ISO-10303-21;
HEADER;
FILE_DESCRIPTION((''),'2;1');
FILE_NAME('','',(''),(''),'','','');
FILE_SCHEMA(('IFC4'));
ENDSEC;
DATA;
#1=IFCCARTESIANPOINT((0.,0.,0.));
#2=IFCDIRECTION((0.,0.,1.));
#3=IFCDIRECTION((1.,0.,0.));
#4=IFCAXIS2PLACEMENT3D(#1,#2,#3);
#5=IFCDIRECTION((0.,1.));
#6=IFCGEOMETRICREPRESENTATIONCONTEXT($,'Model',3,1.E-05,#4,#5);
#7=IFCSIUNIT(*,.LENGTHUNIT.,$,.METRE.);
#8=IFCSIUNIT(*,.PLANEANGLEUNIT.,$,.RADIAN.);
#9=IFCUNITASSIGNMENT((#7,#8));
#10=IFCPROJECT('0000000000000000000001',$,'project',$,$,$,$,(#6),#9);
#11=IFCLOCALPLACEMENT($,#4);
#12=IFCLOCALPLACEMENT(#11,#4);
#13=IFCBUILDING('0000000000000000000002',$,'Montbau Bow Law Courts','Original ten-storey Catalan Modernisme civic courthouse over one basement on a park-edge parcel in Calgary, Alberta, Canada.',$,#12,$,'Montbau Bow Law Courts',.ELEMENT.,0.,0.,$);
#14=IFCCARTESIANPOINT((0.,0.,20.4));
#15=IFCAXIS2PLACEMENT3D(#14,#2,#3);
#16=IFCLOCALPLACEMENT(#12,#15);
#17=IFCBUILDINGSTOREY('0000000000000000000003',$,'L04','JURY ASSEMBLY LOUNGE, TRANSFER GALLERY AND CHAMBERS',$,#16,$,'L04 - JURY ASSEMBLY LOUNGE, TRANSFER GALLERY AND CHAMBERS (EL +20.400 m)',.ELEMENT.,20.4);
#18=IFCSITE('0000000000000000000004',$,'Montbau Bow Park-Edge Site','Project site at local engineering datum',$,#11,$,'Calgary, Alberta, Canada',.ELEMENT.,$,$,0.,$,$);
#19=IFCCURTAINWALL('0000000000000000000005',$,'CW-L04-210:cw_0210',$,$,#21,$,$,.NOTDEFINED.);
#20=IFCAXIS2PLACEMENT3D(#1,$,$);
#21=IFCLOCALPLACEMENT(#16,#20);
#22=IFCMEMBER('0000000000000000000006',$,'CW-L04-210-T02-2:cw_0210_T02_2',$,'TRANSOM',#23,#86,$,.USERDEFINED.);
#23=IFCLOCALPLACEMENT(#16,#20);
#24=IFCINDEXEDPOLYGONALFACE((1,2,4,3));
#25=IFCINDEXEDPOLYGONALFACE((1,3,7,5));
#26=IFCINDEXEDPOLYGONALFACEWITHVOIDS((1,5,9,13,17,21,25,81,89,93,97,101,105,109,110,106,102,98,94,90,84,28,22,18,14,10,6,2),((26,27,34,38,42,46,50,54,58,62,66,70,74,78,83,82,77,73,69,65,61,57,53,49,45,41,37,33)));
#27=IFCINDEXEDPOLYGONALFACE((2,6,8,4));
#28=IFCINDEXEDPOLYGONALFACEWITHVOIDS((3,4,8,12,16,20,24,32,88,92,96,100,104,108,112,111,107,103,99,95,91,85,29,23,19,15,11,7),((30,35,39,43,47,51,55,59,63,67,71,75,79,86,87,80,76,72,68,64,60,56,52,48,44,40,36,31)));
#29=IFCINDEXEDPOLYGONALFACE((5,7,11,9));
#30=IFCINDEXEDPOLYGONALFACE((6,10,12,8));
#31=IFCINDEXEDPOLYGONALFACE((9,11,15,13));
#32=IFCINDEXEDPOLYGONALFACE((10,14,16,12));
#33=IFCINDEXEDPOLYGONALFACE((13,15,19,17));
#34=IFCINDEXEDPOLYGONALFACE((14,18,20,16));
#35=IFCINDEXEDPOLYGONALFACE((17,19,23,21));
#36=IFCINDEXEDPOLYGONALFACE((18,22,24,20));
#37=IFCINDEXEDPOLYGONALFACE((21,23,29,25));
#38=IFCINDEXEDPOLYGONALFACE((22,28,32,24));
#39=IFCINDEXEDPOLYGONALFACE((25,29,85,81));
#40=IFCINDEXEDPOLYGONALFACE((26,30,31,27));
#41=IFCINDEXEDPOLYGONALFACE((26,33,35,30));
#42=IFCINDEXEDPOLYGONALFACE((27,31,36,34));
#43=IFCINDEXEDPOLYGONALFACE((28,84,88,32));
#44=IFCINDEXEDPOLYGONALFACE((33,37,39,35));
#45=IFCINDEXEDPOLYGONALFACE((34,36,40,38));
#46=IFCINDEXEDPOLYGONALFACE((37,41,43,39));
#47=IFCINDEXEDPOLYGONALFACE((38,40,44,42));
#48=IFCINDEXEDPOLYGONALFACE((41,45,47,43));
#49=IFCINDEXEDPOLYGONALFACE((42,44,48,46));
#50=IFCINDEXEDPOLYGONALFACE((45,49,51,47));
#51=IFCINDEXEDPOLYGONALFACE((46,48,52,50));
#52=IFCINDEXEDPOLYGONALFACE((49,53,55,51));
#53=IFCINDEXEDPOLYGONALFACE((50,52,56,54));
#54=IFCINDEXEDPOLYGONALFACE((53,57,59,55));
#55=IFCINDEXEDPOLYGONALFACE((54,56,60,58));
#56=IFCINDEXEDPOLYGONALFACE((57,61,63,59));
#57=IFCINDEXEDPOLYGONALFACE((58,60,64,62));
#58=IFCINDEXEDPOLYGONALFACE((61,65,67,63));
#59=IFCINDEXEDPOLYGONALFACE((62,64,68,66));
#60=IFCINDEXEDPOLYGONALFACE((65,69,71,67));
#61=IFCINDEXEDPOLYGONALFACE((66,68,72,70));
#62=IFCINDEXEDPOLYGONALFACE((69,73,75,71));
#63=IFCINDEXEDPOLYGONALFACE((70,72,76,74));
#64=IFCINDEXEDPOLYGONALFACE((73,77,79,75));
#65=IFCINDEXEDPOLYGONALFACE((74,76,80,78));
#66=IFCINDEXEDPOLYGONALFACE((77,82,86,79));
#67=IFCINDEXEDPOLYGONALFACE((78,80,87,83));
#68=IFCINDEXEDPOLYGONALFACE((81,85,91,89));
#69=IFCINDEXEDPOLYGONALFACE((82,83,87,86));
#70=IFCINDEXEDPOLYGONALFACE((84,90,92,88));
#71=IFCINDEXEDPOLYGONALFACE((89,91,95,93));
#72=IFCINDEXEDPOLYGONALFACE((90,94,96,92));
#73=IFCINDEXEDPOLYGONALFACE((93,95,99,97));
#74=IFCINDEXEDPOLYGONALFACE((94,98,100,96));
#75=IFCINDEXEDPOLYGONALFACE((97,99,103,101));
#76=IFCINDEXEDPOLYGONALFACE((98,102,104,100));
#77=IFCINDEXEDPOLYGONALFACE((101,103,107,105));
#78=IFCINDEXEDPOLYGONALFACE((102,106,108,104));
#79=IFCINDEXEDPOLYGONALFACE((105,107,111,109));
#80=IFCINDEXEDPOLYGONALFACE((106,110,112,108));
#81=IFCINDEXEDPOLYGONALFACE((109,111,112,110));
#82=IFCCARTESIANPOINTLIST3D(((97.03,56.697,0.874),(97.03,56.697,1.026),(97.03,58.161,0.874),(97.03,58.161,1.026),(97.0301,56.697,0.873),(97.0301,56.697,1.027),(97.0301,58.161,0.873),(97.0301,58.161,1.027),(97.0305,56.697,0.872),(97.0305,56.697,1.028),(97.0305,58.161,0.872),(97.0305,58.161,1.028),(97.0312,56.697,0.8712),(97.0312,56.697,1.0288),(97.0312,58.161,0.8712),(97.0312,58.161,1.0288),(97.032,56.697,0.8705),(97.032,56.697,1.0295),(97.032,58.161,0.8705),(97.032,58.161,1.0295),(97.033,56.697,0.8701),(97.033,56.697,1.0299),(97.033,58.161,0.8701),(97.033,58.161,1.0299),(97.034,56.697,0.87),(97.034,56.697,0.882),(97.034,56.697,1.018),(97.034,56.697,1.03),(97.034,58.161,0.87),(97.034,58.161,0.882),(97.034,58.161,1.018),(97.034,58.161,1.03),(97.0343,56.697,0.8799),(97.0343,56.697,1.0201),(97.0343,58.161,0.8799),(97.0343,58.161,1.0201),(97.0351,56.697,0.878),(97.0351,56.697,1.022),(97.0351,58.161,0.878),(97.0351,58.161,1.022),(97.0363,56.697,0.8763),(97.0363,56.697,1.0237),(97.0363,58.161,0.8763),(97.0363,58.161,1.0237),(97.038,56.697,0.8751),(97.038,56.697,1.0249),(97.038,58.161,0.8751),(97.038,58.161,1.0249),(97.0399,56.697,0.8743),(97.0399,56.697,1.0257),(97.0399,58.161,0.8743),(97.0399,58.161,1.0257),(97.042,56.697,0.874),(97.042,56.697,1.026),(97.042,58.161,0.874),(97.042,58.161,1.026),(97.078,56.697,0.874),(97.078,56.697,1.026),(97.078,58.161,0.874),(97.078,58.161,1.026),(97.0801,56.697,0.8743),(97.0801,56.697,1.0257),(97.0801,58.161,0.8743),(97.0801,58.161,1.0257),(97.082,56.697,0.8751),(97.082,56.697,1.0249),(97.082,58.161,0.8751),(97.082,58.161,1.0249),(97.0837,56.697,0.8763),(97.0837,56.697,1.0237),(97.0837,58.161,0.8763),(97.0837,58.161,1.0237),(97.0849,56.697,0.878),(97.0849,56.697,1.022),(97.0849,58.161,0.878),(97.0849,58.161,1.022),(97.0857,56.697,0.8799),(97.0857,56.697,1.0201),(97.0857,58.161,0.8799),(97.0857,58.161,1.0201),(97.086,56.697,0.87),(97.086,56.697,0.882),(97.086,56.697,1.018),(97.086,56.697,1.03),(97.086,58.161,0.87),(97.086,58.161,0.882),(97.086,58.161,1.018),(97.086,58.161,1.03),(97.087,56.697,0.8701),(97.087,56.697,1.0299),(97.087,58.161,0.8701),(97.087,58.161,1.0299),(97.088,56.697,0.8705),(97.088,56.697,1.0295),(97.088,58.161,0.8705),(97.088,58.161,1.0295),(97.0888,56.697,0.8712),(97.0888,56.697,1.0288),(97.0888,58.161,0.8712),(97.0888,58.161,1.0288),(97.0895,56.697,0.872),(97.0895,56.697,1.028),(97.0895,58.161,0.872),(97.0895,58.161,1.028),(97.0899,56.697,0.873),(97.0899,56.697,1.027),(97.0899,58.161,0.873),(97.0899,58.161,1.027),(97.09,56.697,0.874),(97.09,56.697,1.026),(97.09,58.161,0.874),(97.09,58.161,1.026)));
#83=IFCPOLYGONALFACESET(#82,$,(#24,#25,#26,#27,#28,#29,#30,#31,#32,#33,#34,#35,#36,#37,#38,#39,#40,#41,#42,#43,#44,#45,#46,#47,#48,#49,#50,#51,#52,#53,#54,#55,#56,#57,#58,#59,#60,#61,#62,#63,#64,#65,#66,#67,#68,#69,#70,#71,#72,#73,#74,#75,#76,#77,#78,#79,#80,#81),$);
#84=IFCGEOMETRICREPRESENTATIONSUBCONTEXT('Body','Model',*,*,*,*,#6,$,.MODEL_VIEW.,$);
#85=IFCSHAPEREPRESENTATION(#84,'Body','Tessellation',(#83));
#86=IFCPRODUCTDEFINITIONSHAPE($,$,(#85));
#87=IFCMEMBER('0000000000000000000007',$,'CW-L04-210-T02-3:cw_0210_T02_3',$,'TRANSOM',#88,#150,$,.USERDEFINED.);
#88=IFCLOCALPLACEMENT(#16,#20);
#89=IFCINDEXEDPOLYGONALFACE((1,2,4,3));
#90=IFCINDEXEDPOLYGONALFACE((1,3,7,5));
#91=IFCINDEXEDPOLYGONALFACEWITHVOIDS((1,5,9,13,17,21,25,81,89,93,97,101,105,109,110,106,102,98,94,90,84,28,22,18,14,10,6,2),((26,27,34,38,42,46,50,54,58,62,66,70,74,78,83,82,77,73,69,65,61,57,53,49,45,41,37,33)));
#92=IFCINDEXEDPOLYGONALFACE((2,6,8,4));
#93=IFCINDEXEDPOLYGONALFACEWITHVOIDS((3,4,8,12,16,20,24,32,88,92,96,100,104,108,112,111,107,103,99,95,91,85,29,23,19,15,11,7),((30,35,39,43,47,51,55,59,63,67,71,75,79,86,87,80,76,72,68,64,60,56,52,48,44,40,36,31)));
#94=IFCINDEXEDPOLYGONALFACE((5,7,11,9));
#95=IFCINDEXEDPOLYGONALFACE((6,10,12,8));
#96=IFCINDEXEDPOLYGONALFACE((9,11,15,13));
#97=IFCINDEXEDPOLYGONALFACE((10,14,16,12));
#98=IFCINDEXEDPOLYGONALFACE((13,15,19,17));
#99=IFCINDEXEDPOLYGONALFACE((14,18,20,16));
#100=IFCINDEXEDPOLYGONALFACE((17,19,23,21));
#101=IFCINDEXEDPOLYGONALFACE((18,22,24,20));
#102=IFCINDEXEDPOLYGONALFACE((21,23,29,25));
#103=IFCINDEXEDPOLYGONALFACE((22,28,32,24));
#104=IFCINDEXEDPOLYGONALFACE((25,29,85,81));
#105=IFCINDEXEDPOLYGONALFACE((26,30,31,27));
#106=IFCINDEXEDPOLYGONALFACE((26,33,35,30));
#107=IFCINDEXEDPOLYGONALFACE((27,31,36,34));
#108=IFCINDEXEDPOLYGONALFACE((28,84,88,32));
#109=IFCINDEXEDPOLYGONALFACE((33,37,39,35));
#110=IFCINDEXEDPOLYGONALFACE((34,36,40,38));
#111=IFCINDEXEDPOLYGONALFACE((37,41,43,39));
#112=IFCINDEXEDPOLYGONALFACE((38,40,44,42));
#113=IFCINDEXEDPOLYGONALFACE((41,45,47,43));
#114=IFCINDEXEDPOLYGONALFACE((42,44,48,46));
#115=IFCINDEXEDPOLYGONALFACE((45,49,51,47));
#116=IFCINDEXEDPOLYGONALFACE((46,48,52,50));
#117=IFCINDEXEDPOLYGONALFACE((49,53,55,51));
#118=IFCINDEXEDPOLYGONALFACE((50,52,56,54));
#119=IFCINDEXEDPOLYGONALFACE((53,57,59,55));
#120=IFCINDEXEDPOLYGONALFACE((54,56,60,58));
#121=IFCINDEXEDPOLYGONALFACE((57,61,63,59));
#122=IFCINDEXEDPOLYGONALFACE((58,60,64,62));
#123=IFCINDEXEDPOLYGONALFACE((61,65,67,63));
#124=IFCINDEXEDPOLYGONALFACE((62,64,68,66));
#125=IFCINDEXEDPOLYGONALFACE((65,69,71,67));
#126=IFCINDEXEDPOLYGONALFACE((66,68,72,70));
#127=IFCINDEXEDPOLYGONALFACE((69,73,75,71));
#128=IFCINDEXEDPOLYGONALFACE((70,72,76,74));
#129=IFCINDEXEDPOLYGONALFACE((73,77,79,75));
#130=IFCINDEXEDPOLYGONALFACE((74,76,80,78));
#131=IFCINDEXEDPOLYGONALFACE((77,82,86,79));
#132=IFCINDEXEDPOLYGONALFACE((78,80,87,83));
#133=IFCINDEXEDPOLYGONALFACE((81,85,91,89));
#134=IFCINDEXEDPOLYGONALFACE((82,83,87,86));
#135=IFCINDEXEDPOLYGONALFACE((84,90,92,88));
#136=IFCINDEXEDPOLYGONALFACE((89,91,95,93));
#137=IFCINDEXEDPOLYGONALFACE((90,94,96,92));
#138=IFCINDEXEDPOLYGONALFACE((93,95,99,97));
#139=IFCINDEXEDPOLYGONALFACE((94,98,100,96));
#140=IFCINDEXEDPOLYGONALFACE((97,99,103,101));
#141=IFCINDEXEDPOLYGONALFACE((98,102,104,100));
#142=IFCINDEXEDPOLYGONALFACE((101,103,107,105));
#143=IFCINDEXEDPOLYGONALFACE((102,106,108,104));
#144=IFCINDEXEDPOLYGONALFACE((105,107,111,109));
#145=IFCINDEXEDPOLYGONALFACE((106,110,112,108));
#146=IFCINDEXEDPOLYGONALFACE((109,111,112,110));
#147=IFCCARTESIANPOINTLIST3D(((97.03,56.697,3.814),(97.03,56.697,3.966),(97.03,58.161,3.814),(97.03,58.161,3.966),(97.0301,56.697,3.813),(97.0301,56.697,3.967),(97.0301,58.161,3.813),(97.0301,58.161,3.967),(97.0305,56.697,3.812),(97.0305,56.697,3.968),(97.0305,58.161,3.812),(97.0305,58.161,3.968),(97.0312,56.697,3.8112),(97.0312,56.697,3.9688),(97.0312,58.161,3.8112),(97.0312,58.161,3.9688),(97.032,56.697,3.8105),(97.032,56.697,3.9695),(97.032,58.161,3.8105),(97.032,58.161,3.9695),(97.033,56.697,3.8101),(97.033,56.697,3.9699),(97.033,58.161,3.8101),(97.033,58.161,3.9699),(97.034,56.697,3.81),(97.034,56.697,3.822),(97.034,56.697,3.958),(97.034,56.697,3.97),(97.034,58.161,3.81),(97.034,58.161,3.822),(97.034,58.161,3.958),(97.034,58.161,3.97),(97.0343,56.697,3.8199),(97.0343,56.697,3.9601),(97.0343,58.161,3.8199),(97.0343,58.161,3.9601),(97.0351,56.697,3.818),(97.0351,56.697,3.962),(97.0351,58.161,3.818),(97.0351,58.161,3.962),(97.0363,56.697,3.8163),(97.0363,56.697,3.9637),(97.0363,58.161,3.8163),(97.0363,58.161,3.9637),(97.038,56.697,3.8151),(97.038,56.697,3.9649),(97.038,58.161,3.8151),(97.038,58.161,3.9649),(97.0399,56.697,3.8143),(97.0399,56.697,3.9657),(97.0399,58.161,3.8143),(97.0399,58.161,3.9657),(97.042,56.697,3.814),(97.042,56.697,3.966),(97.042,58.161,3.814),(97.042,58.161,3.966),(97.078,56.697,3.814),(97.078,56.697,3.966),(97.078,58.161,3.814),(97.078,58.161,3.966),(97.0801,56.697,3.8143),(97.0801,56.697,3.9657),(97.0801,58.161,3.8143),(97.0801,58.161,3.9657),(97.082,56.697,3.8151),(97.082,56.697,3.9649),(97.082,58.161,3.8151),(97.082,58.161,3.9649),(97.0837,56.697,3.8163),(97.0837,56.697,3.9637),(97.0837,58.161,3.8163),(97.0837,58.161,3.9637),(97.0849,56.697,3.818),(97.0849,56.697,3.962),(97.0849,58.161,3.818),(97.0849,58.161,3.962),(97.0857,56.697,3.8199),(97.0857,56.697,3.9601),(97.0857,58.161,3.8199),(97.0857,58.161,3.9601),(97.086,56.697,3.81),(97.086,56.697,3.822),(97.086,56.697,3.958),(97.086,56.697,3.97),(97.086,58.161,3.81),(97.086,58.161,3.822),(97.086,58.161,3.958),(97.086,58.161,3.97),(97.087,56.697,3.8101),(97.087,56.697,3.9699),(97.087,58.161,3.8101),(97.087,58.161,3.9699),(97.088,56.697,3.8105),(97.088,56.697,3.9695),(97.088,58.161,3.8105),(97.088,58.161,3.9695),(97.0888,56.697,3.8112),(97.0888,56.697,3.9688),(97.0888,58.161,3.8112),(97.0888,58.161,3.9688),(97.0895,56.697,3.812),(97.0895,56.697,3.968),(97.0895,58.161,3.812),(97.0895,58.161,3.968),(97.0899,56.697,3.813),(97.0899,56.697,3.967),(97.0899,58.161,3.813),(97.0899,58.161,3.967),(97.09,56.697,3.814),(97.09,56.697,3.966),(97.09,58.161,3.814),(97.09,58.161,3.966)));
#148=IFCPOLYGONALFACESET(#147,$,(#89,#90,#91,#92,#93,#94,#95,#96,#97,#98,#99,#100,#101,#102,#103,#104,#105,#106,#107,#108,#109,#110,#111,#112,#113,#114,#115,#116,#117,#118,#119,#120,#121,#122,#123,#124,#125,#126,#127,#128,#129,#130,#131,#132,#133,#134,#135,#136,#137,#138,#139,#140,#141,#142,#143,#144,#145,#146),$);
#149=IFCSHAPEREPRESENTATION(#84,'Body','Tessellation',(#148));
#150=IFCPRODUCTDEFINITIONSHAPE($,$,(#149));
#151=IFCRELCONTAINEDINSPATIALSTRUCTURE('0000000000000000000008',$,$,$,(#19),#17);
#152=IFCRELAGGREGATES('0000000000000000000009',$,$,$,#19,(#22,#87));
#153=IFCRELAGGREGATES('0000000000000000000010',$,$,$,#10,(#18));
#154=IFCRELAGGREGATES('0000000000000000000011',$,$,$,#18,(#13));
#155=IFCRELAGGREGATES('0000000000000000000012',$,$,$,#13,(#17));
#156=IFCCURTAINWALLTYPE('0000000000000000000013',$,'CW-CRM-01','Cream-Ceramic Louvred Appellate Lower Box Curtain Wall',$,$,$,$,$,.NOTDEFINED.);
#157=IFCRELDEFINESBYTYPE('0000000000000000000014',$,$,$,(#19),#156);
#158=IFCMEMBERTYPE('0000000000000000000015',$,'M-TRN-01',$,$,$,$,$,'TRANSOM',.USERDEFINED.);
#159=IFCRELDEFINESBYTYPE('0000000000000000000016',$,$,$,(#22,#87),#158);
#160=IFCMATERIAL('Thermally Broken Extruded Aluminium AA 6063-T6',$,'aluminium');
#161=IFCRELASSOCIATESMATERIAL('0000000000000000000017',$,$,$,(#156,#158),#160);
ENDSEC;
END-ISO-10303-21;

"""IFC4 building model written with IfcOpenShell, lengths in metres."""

from ifc_helpers import new_model, si_unit, direction, frame, origin_with_axes, origin_2d_with_axis, place, context, subcontext, project, spatial, hollow_rectangle, extrude, material, material_profile, profile_set, type_object, element, aggregate, save


model = new_model("IFC4")

# Units and contexts
model_context = context("Model", 3, precision=1e-05, world=origin_with_axes(), true_north=direction((0.0, 1.0)))
body_context = subcontext(model_context, "Body", "Model", "MODEL_VIEW")
ifc_project = project(units=[si_unit("LENGTHUNIT", "METRE"), si_unit("PLANEANGLEUNIT", "RADIAN")], contexts=[model_context])

# Site, building, storey
site_placement = place(None, origin_with_axes())
site = spatial("IfcSite", under=ifc_project, at=site_placement, Name="Montbau Bow Park-Edge Site", Description="Project site at local engineering datum", LongName="Calgary, Alberta, Canada", CompositionType="ELEMENT", RefElevation=0.0)
building_placement = place(site_placement, origin_with_axes())
building = spatial("IfcBuilding", under=site, at=building_placement, Name="Montbau Bow Law Courts", Description="Original ten-storey Catalan Modernisme civic courthouse over one basement on a park-edge parcel in Calgary, Alberta, Canada.", LongName="Montbau Bow Law Courts", CompositionType="ELEMENT", ElevationOfRefHeight=0.0, ElevationOfTerrain=0.0)
storey_placement = place(building_placement, frame((0.0, 0.0, 20.4), z_axis=(0.0, 0.0, 1.0), x_axis=(1.0, 0.0, 0.0)))
storey = spatial("IfcBuildingStorey", under=building, at=storey_placement, Name="L04", Description="JURY ASSEMBLY LOUNGE, TRANSFER GALLERY AND CHAMBERS", LongName="L04 - JURY ASSEMBLY LOUNGE, TRANSFER GALLERY AND CHAMBERS (EL +20.400 m)", CompositionType="ELEMENT", Elevation=20.4)

# Curtain wall
ifc_material_1 = material(Name="Thermally Broken Extruded Aluminium AA 6063-T6", Category="aluminium")
curtain_wall_type = type_object("IfcCurtainWallType", Name="CW-CRM-01", Description="Cream-Ceramic Louvred Appellate Lower Box Curtain Wall", PredefinedType="NOTDEFINED", material=ifc_material_1)
curtain_wall_1_placement = place(None, frame((97.06, 55.115, 20.4), z_axis=(0.0, 0.0, 1.0), x_axis=(1.0, 0.0, 0.0)))
curtain_wall_1 = element("IfcCurtainWall", 1, at=curtain_wall_1_placement, inside=storey, type_object=curtain_wall_type, Name="CW-L04-210:cw_0210", PredefinedType="NOTDEFINED")

# Members
ifc_material_profile_1 = material_profile(ifc_material_1, hollow_rectangle(XDim=0.06, YDim=0.16, WallThickness=0.004, InnerFilletRadius=0.008, OuterFilletRadius=0.004, at=origin_2d_with_axis()), Name="CWT-160X60", Category="Main", Priority=0)
ifc_profile_set_1 = profile_set([ifc_material_profile_1], Name="Thermally Broken Extruded Aluminium AA 6063-T6")
member_type_1 = type_object("IfcMemberType", Name="M-TRN-01", ElementType="TRANSOM", PredefinedType="USERDEFINED", material=ifc_profile_set_1)
member_1_placement = place(None, frame((97.06, 56.697, 21.35), z_axis=(0.0, 1.0, 0.0), x_axis=(-1.0, 0.0, 0.0)))
member_1 = element("IfcMember", 2, at=member_1_placement, type_object=member_type_1, Name="CW-L04-210-T02-2:cw_0210_T02_2", ObjectType="TRANSOM", PredefinedType="USERDEFINED", context=body_context, shape_type="SweptSolid", body=[
    extrude(hollow_rectangle(XDim=0.06, YDim=0.16, WallThickness=0.004, InnerFilletRadius=0.008, OuterFilletRadius=0.004, at=origin_2d_with_axis()), origin_with_axes(), (0.0, 0.0, 1.0), 1.464),
])
member_2_placement = place(None, frame((97.06, 56.697, 24.29), z_axis=(0.0, 1.0, 0.0), x_axis=(-1.0, 0.0, 0.0)))
member_2 = element("IfcMember", 3, at=member_2_placement, type_object=member_type_1, Name="CW-L04-210-T02-3:cw_0210_T02_3", ObjectType="TRANSOM", PredefinedType="USERDEFINED", context=body_context, shape_type="SweptSolid", body=[
    extrude(hollow_rectangle(XDim=0.06, YDim=0.16, WallThickness=0.004, InnerFilletRadius=0.008, OuterFilletRadius=0.004, at=origin_2d_with_axis()), origin_with_axes(), (0.0, 0.0, 1.0), 1.464),
])

aggregate(curtain_wall_1, [member_1, member_2])

save(model, "model.ifc")
